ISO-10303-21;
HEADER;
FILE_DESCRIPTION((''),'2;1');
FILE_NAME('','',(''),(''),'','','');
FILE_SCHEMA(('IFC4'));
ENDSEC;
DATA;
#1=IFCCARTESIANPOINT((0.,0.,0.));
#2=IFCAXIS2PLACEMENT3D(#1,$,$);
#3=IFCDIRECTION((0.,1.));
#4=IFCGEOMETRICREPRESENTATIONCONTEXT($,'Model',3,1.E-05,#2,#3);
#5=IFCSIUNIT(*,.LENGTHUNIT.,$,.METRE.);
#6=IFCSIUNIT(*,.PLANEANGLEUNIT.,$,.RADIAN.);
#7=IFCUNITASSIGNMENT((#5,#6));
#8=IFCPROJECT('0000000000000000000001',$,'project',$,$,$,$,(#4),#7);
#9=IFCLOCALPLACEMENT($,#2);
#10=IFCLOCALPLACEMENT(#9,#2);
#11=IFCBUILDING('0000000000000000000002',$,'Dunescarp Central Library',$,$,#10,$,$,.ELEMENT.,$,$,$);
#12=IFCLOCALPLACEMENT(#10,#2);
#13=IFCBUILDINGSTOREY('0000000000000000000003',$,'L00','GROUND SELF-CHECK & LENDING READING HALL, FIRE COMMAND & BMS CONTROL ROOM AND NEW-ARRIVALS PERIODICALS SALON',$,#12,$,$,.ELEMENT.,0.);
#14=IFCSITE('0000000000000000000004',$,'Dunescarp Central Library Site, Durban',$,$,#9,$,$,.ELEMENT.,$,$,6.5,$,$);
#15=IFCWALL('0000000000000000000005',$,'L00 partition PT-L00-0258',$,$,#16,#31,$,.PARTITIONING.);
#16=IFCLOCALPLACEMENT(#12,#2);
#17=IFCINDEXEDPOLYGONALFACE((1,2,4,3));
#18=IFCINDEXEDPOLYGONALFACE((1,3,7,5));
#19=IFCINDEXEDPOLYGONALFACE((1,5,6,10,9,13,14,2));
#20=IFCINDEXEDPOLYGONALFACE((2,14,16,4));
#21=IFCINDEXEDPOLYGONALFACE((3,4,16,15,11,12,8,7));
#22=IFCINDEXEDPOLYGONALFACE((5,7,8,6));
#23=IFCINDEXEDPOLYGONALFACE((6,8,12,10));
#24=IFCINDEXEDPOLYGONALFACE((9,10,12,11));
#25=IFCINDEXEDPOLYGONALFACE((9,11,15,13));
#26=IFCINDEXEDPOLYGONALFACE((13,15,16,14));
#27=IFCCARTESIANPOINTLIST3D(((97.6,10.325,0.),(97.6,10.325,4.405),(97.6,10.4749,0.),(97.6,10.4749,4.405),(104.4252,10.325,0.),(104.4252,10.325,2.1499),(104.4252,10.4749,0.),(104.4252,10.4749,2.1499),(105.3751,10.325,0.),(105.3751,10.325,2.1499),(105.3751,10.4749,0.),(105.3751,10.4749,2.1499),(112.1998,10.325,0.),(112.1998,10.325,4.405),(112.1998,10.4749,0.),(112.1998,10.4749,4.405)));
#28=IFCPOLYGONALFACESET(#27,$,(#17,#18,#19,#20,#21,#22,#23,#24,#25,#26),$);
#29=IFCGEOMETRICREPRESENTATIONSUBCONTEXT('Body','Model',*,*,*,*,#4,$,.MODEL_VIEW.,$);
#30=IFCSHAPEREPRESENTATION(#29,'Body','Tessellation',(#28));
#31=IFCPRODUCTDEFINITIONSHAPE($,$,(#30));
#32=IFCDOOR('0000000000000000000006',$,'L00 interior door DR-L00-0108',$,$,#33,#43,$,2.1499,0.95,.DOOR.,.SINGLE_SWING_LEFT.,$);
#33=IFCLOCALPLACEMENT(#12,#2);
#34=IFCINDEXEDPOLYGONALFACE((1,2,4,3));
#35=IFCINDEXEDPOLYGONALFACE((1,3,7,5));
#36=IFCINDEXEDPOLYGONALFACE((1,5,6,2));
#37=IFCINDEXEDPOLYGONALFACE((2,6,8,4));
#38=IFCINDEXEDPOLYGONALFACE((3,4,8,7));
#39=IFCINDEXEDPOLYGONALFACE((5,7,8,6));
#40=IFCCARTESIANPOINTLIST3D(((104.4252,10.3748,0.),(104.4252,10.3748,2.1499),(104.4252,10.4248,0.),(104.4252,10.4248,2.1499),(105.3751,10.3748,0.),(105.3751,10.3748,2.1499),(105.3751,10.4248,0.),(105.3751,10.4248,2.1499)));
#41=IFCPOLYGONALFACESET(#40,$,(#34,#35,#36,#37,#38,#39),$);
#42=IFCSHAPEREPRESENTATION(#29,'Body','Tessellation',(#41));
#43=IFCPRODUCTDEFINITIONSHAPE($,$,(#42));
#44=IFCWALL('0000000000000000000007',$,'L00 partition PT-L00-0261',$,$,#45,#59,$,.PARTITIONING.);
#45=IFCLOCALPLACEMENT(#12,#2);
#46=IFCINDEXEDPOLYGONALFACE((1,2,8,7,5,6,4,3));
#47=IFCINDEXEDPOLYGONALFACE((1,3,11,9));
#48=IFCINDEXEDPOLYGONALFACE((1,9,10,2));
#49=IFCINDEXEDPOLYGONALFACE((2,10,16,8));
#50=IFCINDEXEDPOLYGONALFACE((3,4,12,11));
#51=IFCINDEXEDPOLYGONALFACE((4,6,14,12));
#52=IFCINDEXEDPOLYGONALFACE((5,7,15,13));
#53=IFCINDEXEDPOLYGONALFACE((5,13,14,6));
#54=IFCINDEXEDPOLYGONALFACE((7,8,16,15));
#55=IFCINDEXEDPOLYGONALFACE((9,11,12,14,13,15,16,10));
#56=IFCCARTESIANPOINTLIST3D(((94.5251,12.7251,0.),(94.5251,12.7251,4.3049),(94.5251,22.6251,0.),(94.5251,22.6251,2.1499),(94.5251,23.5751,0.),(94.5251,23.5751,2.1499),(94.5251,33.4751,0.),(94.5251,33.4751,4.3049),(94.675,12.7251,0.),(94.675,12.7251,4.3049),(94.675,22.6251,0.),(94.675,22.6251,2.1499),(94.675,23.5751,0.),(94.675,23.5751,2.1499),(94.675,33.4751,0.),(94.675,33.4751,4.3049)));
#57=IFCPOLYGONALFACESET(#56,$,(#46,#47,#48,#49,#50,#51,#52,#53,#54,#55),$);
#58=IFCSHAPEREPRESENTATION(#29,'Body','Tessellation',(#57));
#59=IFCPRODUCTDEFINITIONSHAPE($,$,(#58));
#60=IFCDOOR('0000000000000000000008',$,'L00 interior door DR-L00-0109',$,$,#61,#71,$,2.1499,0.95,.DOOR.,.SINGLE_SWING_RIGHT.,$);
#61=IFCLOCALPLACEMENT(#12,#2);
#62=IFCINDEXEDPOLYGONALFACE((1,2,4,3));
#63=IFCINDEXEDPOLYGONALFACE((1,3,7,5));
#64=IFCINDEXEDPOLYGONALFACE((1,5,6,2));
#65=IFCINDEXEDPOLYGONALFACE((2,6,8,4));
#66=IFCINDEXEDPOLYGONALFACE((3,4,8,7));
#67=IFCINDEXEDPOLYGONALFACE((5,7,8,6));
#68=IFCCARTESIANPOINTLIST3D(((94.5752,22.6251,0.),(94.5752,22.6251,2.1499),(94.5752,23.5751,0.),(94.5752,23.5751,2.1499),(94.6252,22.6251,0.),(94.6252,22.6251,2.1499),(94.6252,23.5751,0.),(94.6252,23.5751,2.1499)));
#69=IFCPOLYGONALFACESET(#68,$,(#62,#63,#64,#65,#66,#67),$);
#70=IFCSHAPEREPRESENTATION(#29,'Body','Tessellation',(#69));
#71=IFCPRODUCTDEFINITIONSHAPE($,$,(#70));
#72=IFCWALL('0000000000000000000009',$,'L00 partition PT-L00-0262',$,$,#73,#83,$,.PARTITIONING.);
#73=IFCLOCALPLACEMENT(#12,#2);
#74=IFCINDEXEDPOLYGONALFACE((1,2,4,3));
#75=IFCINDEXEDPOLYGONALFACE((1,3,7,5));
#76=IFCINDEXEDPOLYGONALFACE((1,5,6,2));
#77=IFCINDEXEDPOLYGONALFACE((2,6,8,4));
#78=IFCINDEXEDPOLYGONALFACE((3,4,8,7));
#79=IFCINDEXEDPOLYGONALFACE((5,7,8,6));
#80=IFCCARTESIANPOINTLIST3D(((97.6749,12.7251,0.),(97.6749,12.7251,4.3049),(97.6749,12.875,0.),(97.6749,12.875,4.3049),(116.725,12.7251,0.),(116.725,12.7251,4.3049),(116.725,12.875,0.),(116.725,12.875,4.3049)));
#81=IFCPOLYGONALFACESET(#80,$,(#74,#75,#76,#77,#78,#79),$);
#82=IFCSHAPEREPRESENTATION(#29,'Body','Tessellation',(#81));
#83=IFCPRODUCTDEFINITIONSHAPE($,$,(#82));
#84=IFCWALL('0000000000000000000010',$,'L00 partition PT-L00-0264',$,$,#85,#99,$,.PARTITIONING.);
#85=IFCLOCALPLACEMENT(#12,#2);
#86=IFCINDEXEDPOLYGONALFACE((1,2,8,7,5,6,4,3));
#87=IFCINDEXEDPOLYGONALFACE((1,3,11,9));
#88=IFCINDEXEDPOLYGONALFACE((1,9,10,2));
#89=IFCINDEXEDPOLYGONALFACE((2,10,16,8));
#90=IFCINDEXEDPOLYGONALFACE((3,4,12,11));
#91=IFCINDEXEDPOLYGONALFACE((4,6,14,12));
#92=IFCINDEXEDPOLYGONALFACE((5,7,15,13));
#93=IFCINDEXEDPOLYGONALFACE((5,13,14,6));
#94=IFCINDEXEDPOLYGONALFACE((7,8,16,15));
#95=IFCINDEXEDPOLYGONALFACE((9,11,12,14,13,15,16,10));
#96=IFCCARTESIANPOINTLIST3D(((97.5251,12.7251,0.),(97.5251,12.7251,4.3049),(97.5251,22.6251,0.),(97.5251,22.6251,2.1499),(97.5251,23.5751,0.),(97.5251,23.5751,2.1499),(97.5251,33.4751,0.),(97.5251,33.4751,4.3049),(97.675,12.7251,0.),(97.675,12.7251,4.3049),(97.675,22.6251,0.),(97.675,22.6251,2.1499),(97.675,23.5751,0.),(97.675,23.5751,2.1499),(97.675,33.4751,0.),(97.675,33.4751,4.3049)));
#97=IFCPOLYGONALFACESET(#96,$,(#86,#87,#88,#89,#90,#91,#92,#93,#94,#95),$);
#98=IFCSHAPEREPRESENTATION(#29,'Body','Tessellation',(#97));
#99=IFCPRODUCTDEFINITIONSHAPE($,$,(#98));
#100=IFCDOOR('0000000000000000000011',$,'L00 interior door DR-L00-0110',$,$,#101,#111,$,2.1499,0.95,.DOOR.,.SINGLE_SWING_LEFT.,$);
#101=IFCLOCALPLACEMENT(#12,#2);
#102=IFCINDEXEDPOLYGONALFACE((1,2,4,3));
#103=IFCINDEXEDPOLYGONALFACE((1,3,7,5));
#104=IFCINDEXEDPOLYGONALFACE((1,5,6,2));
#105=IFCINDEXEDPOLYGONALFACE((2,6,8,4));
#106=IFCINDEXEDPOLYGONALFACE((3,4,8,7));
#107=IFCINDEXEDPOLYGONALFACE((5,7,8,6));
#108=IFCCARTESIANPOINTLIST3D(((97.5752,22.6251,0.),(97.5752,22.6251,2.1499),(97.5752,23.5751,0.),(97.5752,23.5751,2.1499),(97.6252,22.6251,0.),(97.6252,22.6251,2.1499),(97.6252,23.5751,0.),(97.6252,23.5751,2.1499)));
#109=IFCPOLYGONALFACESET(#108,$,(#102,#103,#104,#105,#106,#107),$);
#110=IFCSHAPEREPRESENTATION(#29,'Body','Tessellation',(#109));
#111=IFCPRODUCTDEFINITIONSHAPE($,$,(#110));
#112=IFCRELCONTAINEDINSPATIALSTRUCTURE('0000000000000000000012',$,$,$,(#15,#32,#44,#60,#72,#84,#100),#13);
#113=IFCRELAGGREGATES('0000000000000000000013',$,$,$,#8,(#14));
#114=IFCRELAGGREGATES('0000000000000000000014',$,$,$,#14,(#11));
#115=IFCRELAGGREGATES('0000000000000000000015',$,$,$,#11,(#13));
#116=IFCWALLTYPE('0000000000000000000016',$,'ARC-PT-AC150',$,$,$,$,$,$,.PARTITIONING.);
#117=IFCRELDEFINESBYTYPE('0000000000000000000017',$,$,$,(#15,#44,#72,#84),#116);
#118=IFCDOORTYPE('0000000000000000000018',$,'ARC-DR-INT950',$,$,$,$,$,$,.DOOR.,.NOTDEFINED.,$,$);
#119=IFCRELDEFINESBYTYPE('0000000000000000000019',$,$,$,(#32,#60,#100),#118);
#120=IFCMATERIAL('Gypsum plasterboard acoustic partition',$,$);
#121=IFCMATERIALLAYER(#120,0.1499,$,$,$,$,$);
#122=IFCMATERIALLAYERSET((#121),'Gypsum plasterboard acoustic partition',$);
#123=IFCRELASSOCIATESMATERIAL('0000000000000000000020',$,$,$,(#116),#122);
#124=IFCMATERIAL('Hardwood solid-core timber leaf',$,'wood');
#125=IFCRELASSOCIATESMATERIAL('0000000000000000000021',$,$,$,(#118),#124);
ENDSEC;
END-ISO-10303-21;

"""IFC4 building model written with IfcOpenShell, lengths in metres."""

from ifc_helpers import new_model, si_unit, direction, frame, frame_2d, origin, place, context, subcontext, project, spatial, rectangle, extrude, material, layer, layer_set, type_object, element, fill, save


model = new_model("IFC4")

# Units and contexts
model_context = context("Model", 3, precision=1e-05, world=origin(), true_north=direction((0.0, 1.0)))
body_context = subcontext(model_context, "Body", "Model", "MODEL_VIEW")
ifc_project = project(units=[si_unit("LENGTHUNIT", "METRE"), si_unit("PLANEANGLEUNIT", "RADIAN")], contexts=[model_context])

# Site, building, storey
site_placement = place(None, origin())
site = spatial("IfcSite", under=ifc_project, at=site_placement, Name="Dunescarp Central Library Site, Durban", CompositionType="ELEMENT", RefElevation=6.5)
building_placement = place(site_placement, origin())
building = spatial("IfcBuilding", under=site, at=building_placement, Name="Dunescarp Central Library", CompositionType="ELEMENT")
storey_placement = place(building_placement, origin())
storey = spatial("IfcBuildingStorey", under=building, at=storey_placement, Name="L00", Description="GROUND SELF-CHECK & LENDING READING HALL, FIRE COMMAND & BMS CONTROL ROOM AND NEW-ARRIVALS PERIODICALS SALON", CompositionType="ELEMENT", Elevation=0.0)

# Shared definitions
ifc_material_1 = material(Name="Gypsum plasterboard acoustic partition")
ifc_layer_1 = layer(ifc_material_1, 0.1499)
ifc_layer_set_1 = layer_set([ifc_layer_1], Name="Gypsum plasterboard acoustic partition")
wall_type = type_object("IfcWallType", Name="ARC-PT-AC150", PredefinedType="PARTITIONING", material=ifc_layer_set_1)

# Walls, openings, doors
wall_1_placement = place(storey_placement, frame((97.6001, 10.3999, 0.0), z_axis=(0.0, 0.0, 1.0), x_axis=(1.0, 0.0, 0.0)))
wall_1 = element("IfcWall", 1, at=wall_1_placement, inside=storey, type_object=wall_type, Name="L00 partition PT-L00-0258", PredefinedType="PARTITIONING", context=body_context, shape_type="SweptSolid", body=[
    extrude(rectangle(XDim=14.5999, YDim=0.1499, at=frame_2d((7.2998, 0.0))), origin(), (0.0, 0.0, 1.0), 4.405),
])
opening_1_placement = place(wall_1_placement, frame((6.825, 0.0, 0.0)))
opening_1 = element("IfcOpeningElement", 2, at=opening_1_placement, cuts=wall_1, PredefinedType="OPENING", context=body_context, shape_type="SweptSolid", body=[
    extrude(rectangle(XDim=0.95, YDim=2.1499, at=frame_2d((0.4751, 1.075))), frame((0.0, 0.085, 0.0), z_axis=(0.0, -1.0, 0.0), x_axis=(1.0, 0.0, 0.0)), (0.0, 0.0, 1.0), 0.1699),
])
ifc_material_2 = material(Name="Hardwood solid-core timber leaf", Category="wood")
door_type = type_object("IfcDoorType", Name="ARC-DR-INT950", OperationType="NOTDEFINED", PredefinedType="DOOR", material=ifc_material_2)
door_1_placement = place(opening_1_placement, origin())
door_1 = element("IfcDoor", 3, at=door_1_placement, inside=storey, type_object=door_type, Name="L00 interior door DR-L00-0108", OperationType="SINGLE_SWING_LEFT", OverallHeight=2.1499, OverallWidth=0.95, PredefinedType="DOOR", context=body_context, shape_type="SweptSolid", body=[
    extrude(rectangle(XDim=0.95, YDim=2.1499, at=frame_2d((0.4751, 1.075))), frame((0.0, 0.0249, 0.0), z_axis=(0.0, -1.0, 0.0), x_axis=(1.0, 0.0, 0.0)), (0.0, 0.0, 1.0), 0.05),
])
fill(opening_1, door_1)
wall_2_placement = place(storey_placement, frame((94.6001, 12.7251, 0.0), z_axis=(0.0, 0.0, 1.0), x_axis=(0.0, 1.0, 0.0)))
wall_2 = element("IfcWall", 4, at=wall_2_placement, inside=storey, type_object=wall_type, Name="L00 partition PT-L00-0261", PredefinedType="PARTITIONING", context=body_context, shape_type="SweptSolid", body=[
    extrude(rectangle(XDim=20.75, YDim=0.1499, at=frame_2d((10.375, 0.0))), origin(), (0.0, 0.0, 1.0), 4.3049),
])
opening_2_placement = place(wall_2_placement, frame((9.8999, 0.0, 0.0)))
opening_2 = element("IfcOpeningElement", 5, at=opening_2_placement, cuts=wall_2, PredefinedType="OPENING", context=body_context, shape_type="SweptSolid", body=[
    extrude(rectangle(XDim=0.95, YDim=2.1499, at=frame_2d((0.4751, 1.075))), frame((0.0, 0.085, 0.0), z_axis=(0.0, -1.0, 0.0), x_axis=(1.0, 0.0, 0.0)), (0.0, 0.0, 1.0), 0.1699),
])
door_2_placement = place(opening_2_placement, origin())
door_2 = element("IfcDoor", 6, at=door_2_placement, inside=storey, type_object=door_type, Name="L00 interior door DR-L00-0109", OperationType="SINGLE_SWING_RIGHT", OverallHeight=2.1499, OverallWidth=0.95, PredefinedType="DOOR", context=body_context, shape_type="SweptSolid", body=[
    extrude(rectangle(XDim=0.95, YDim=2.1499, at=frame_2d((0.4751, 1.075))), frame((0.0, 0.0249, 0.0), z_axis=(0.0, -1.0, 0.0), x_axis=(1.0, 0.0, 0.0)), (0.0, 0.0, 1.0), 0.05),
])
fill(opening_2, door_2)

# Wall
wall_3_placement = place(storey_placement, frame((97.675, 12.8, 0.0), z_axis=(0.0, 0.0, 1.0), x_axis=(1.0, 0.0, 0.0)))
element("IfcWall", 7, at=wall_3_placement, inside=storey, type_object=wall_type, Name="L00 partition PT-L00-0262", PredefinedType="PARTITIONING", context=body_context, shape_type="SweptSolid", body=[
    extrude(rectangle(XDim=19.05, YDim=0.1499, at=frame_2d((9.5249, 0.0))), origin(), (0.0, 0.0, 1.0), 4.3049),
])

# Wall, opening, door
wall_4_placement = place(storey_placement, frame((97.6001, 12.7251, 0.0), z_axis=(0.0, 0.0, 1.0), x_axis=(0.0, 1.0, 0.0)))
wall_4 = element("IfcWall", 8, at=wall_4_placement, inside=storey, type_object=wall_type, Name="L00 partition PT-L00-0264", PredefinedType="PARTITIONING", context=body_context, shape_type="SweptSolid", body=[
    extrude(rectangle(XDim=20.75, YDim=0.1499, at=frame_2d((10.375, 0.0))), origin(), (0.0, 0.0, 1.0), 4.3049),
])
opening_3_placement = place(wall_4_placement, frame((9.8999, 0.0, 0.0)))
opening_3 = element("IfcOpeningElement", 9, at=opening_3_placement, cuts=wall_4, PredefinedType="OPENING", context=body_context, shape_type="SweptSolid", body=[
    extrude(rectangle(XDim=0.95, YDim=2.1499, at=frame_2d((0.4751, 1.075))), frame((0.0, 0.085, 0.0), z_axis=(0.0, -1.0, 0.0), x_axis=(1.0, 0.0, 0.0)), (0.0, 0.0, 1.0), 0.1699),
])
door_3_placement = place(opening_3_placement, origin())
door_3 = element("IfcDoor", 10, at=door_3_placement, inside=storey, type_object=door_type, Name="L00 interior door DR-L00-0110", OperationType="SINGLE_SWING_LEFT", OverallHeight=2.1499, OverallWidth=0.95, PredefinedType="DOOR", context=body_context, shape_type="SweptSolid", body=[
    extrude(rectangle(XDim=0.95, YDim=2.1499, at=frame_2d((0.4751, 1.075))), frame((0.0, 0.0249, 0.0), z_axis=(0.0, -1.0, 0.0), x_axis=(1.0, 0.0, 0.0)), (0.0, 0.0, 1.0), 0.05),
])
fill(opening_3, door_3)

save(model, "model.ifc")
